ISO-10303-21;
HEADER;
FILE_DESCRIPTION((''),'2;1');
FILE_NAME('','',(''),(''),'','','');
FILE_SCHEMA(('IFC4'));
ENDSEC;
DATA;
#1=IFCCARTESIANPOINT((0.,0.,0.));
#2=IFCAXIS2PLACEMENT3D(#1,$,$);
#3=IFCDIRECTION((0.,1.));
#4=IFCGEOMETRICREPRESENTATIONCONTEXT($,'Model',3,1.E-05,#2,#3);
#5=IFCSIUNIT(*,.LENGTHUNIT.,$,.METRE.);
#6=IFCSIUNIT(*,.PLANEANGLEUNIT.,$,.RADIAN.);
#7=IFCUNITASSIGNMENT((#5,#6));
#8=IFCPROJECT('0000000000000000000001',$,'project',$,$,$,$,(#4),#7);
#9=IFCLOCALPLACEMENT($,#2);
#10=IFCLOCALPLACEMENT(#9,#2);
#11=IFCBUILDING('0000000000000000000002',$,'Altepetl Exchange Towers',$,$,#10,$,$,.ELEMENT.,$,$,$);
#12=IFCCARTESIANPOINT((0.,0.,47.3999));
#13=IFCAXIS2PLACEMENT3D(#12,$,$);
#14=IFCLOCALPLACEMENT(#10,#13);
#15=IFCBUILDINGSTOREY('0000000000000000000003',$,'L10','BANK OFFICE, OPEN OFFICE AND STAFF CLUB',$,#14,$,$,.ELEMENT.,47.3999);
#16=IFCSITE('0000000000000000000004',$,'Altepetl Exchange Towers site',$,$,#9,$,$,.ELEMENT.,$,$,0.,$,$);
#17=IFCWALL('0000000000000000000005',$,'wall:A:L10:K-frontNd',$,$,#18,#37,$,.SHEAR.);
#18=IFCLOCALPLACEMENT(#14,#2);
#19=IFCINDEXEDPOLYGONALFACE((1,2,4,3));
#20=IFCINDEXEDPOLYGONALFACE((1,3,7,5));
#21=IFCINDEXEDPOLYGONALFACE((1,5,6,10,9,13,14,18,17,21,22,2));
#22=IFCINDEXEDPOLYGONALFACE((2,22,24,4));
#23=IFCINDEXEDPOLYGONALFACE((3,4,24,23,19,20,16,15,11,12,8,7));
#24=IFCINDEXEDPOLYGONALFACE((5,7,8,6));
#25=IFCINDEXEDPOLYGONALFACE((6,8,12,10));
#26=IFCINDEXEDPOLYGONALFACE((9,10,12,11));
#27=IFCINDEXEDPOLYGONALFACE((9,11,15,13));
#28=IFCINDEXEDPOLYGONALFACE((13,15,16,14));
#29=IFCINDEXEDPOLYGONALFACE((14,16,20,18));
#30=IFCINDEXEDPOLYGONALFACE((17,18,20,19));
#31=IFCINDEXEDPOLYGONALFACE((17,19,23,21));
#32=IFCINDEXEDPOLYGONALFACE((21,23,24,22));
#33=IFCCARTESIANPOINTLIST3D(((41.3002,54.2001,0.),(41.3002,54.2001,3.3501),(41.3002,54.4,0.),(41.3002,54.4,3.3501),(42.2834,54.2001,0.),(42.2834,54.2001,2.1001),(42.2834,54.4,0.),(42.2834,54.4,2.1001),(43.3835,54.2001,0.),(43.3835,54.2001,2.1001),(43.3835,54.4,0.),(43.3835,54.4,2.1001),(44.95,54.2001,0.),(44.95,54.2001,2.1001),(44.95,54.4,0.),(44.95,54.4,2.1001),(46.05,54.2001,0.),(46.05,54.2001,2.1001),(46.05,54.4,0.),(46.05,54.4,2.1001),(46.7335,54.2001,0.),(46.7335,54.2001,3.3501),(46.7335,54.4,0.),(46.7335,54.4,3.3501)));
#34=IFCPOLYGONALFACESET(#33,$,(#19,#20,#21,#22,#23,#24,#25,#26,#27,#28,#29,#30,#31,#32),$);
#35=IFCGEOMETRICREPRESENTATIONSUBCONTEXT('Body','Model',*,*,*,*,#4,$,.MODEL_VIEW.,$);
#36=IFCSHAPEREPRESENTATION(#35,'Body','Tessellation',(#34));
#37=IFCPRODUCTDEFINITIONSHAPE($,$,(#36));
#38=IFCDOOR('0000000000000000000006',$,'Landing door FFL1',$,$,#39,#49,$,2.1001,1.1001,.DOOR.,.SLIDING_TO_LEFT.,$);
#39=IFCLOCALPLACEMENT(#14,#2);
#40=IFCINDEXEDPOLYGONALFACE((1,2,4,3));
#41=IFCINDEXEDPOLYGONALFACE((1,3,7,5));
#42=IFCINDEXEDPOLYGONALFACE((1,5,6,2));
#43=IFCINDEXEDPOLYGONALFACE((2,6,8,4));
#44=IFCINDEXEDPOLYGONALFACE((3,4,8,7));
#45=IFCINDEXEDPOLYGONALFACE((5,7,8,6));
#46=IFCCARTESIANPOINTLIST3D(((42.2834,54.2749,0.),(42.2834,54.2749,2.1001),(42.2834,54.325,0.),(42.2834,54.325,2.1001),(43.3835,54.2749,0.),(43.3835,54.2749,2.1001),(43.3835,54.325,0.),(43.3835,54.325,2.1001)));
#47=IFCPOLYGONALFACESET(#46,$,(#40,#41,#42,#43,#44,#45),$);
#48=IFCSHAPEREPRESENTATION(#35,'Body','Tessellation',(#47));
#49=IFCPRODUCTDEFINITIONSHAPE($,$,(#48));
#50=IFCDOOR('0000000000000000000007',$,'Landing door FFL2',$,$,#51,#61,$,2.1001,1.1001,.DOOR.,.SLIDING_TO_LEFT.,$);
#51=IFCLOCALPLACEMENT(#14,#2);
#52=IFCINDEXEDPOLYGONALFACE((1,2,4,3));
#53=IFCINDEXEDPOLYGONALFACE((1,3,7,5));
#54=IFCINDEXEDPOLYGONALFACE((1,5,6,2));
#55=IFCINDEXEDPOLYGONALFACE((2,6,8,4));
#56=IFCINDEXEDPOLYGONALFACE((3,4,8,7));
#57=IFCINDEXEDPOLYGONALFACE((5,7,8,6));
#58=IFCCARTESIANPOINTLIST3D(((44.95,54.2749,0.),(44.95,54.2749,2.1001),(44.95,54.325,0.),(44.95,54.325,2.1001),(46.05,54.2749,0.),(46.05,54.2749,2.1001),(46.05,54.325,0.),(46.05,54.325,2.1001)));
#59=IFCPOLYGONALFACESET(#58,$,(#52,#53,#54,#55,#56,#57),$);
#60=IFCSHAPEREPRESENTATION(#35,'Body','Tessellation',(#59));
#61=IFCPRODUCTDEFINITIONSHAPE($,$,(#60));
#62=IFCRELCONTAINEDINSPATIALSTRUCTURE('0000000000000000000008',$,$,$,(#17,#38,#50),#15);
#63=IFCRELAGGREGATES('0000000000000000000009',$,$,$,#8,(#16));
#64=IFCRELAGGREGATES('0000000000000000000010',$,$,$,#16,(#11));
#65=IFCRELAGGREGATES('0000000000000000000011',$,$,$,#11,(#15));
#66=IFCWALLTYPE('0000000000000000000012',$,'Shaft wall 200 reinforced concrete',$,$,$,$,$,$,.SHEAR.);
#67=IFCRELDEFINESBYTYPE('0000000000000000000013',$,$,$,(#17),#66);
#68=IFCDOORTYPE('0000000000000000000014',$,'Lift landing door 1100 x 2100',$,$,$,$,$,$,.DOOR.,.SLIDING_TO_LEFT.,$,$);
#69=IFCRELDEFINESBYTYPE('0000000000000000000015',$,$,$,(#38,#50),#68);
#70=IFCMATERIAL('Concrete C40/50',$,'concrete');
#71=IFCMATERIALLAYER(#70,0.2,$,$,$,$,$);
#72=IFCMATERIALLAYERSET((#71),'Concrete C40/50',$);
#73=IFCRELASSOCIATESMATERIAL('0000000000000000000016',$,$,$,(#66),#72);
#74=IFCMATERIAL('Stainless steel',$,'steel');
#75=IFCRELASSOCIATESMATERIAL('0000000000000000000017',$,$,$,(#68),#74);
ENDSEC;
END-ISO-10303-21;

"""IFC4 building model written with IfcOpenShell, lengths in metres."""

from ifc_helpers import new_model, si_unit, direction, frame, frame_2d, origin, place, context, subcontext, project, spatial, rectangle, extrude, material, layer, layer_set, type_object, element, fill, save


model = new_model("IFC4")

# Units and contexts
model_context = context("Model", 3, precision=1e-05, world=origin(), true_north=direction((0.0, 1.0)))
body_context = subcontext(model_context, "Body", "Model", "MODEL_VIEW")
ifc_project = project(units=[si_unit("LENGTHUNIT", "METRE"), si_unit("PLANEANGLEUNIT", "RADIAN")], contexts=[model_context])

# Site, building, storey
site_placement = place(None, origin())
site = spatial("IfcSite", under=ifc_project, at=site_placement, Name="Altepetl Exchange Towers site", CompositionType="ELEMENT", RefElevation=0.0)
building_placement = place(site_placement, origin())
building = spatial("IfcBuilding", under=site, at=building_placement, Name="Altepetl Exchange Towers", CompositionType="ELEMENT")
storey_placement = place(building_placement, frame((0.0, 0.0, 47.3999)))
storey = spatial("IfcBuildingStorey", under=building, at=storey_placement, Name="L10", Description="BANK OFFICE, OPEN OFFICE AND STAFF CLUB", CompositionType="ELEMENT", Elevation=47.3999)

# Wall, openings, doors
ifc_material_1 = material(Name="Concrete C40/50", Category="concrete")
ifc_layer_1 = layer(ifc_material_1, 0.2)
ifc_layer_set_1 = layer_set([ifc_layer_1], Name="Concrete C40/50")
wall_type_1 = type_object("IfcWallType", Name="Shaft wall 200 reinforced concrete", PredefinedType="SHEAR", material=ifc_layer_set_1)
wall_1_placement = place(storey_placement, frame((41.3, 54.3, 0.0)))
wall_1 = element("IfcWall", 1, at=wall_1_placement, inside=storey, type_object=wall_type_1, Name="wall:A:L10:K-frontNd", PredefinedType="SHEAR", context=body_context, shape_type="SweptSolid", body=[
    extrude(rectangle(XDim=5.4333, YDim=0.2, at=frame_2d((2.7168, 0.0))), origin(), (0.0, 0.0, 1.0), 3.3501),
])
opening_1_placement = place(wall_1_placement, frame((0.9834, 0.0, 0.0)))
opening_1 = element("IfcOpeningElement", 2, at=opening_1_placement, cuts=wall_1, PredefinedType="OPENING", context=body_context, shape_type="SweptSolid", body=[
    extrude(rectangle(XDim=1.1001, YDim=2.1001, at=frame_2d((0.55, 1.05))), frame((0.0, 0.1099, 0.0), z_axis=(0.0, -1.0, 0.0), x_axis=(1.0, 0.0, 0.0)), (0.0, 0.0, 1.0), 0.22),
])
opening_2_placement = place(wall_1_placement, frame((3.6499, 0.0, 0.0)))
opening_2 = element("IfcOpeningElement", 3, at=opening_2_placement, cuts=wall_1, PredefinedType="OPENING", context=body_context, shape_type="SweptSolid", body=[
    extrude(rectangle(XDim=1.1001, YDim=2.1001, at=frame_2d((0.55, 1.05))), frame((0.0, 0.1099, 0.0), z_axis=(0.0, -1.0, 0.0), x_axis=(1.0, 0.0, 0.0)), (0.0, 0.0, 1.0), 0.22),
])
ifc_material_2 = material(Name="Stainless steel", Category="steel")
door_type_1 = type_object("IfcDoorType", Name="Lift landing door 1100 x 2100", OperationType="SLIDING_TO_LEFT", PredefinedType="DOOR", material=ifc_material_2)
door_1_placement = place(opening_1_placement, origin())
door_1 = element("IfcDoor", 4, at=door_1_placement, inside=storey, type_object=door_type_1, Name="Landing door FFL1", OperationType="SLIDING_TO_LEFT", OverallHeight=2.1001, OverallWidth=1.1001, PredefinedType="DOOR", context=body_context, shape_type="SweptSolid", body=[
    extrude(rectangle(XDim=1.1001, YDim=2.1001, at=frame_2d((0.55, 1.05))), frame((0.0, 0.0249, 0.0), z_axis=(0.0, -1.0, 0.0), x_axis=(1.0, 0.0, 0.0)), (0.0, 0.0, 1.0), 0.05),
])
fill(opening_1, door_1)
door_2_placement = place(opening_2_placement, origin())
door_2 = element("IfcDoor", 5, at=door_2_placement, inside=storey, type_object=door_type_1, Name="Landing door FFL2", OperationType="SLIDING_TO_LEFT", OverallHeight=2.1001, OverallWidth=1.1001, PredefinedType="DOOR", context=body_context, shape_type="SweptSolid", body=[
    extrude(rectangle(XDim=1.1001, YDim=2.1001, at=frame_2d((0.55, 1.05))), frame((0.0, 0.0249, 0.0), z_axis=(0.0, -1.0, 0.0), x_axis=(1.0, 0.0, 0.0)), (0.0, 0.0, 1.0), 0.05),
])
fill(opening_2, door_2)

save(model, "model.ifc")
